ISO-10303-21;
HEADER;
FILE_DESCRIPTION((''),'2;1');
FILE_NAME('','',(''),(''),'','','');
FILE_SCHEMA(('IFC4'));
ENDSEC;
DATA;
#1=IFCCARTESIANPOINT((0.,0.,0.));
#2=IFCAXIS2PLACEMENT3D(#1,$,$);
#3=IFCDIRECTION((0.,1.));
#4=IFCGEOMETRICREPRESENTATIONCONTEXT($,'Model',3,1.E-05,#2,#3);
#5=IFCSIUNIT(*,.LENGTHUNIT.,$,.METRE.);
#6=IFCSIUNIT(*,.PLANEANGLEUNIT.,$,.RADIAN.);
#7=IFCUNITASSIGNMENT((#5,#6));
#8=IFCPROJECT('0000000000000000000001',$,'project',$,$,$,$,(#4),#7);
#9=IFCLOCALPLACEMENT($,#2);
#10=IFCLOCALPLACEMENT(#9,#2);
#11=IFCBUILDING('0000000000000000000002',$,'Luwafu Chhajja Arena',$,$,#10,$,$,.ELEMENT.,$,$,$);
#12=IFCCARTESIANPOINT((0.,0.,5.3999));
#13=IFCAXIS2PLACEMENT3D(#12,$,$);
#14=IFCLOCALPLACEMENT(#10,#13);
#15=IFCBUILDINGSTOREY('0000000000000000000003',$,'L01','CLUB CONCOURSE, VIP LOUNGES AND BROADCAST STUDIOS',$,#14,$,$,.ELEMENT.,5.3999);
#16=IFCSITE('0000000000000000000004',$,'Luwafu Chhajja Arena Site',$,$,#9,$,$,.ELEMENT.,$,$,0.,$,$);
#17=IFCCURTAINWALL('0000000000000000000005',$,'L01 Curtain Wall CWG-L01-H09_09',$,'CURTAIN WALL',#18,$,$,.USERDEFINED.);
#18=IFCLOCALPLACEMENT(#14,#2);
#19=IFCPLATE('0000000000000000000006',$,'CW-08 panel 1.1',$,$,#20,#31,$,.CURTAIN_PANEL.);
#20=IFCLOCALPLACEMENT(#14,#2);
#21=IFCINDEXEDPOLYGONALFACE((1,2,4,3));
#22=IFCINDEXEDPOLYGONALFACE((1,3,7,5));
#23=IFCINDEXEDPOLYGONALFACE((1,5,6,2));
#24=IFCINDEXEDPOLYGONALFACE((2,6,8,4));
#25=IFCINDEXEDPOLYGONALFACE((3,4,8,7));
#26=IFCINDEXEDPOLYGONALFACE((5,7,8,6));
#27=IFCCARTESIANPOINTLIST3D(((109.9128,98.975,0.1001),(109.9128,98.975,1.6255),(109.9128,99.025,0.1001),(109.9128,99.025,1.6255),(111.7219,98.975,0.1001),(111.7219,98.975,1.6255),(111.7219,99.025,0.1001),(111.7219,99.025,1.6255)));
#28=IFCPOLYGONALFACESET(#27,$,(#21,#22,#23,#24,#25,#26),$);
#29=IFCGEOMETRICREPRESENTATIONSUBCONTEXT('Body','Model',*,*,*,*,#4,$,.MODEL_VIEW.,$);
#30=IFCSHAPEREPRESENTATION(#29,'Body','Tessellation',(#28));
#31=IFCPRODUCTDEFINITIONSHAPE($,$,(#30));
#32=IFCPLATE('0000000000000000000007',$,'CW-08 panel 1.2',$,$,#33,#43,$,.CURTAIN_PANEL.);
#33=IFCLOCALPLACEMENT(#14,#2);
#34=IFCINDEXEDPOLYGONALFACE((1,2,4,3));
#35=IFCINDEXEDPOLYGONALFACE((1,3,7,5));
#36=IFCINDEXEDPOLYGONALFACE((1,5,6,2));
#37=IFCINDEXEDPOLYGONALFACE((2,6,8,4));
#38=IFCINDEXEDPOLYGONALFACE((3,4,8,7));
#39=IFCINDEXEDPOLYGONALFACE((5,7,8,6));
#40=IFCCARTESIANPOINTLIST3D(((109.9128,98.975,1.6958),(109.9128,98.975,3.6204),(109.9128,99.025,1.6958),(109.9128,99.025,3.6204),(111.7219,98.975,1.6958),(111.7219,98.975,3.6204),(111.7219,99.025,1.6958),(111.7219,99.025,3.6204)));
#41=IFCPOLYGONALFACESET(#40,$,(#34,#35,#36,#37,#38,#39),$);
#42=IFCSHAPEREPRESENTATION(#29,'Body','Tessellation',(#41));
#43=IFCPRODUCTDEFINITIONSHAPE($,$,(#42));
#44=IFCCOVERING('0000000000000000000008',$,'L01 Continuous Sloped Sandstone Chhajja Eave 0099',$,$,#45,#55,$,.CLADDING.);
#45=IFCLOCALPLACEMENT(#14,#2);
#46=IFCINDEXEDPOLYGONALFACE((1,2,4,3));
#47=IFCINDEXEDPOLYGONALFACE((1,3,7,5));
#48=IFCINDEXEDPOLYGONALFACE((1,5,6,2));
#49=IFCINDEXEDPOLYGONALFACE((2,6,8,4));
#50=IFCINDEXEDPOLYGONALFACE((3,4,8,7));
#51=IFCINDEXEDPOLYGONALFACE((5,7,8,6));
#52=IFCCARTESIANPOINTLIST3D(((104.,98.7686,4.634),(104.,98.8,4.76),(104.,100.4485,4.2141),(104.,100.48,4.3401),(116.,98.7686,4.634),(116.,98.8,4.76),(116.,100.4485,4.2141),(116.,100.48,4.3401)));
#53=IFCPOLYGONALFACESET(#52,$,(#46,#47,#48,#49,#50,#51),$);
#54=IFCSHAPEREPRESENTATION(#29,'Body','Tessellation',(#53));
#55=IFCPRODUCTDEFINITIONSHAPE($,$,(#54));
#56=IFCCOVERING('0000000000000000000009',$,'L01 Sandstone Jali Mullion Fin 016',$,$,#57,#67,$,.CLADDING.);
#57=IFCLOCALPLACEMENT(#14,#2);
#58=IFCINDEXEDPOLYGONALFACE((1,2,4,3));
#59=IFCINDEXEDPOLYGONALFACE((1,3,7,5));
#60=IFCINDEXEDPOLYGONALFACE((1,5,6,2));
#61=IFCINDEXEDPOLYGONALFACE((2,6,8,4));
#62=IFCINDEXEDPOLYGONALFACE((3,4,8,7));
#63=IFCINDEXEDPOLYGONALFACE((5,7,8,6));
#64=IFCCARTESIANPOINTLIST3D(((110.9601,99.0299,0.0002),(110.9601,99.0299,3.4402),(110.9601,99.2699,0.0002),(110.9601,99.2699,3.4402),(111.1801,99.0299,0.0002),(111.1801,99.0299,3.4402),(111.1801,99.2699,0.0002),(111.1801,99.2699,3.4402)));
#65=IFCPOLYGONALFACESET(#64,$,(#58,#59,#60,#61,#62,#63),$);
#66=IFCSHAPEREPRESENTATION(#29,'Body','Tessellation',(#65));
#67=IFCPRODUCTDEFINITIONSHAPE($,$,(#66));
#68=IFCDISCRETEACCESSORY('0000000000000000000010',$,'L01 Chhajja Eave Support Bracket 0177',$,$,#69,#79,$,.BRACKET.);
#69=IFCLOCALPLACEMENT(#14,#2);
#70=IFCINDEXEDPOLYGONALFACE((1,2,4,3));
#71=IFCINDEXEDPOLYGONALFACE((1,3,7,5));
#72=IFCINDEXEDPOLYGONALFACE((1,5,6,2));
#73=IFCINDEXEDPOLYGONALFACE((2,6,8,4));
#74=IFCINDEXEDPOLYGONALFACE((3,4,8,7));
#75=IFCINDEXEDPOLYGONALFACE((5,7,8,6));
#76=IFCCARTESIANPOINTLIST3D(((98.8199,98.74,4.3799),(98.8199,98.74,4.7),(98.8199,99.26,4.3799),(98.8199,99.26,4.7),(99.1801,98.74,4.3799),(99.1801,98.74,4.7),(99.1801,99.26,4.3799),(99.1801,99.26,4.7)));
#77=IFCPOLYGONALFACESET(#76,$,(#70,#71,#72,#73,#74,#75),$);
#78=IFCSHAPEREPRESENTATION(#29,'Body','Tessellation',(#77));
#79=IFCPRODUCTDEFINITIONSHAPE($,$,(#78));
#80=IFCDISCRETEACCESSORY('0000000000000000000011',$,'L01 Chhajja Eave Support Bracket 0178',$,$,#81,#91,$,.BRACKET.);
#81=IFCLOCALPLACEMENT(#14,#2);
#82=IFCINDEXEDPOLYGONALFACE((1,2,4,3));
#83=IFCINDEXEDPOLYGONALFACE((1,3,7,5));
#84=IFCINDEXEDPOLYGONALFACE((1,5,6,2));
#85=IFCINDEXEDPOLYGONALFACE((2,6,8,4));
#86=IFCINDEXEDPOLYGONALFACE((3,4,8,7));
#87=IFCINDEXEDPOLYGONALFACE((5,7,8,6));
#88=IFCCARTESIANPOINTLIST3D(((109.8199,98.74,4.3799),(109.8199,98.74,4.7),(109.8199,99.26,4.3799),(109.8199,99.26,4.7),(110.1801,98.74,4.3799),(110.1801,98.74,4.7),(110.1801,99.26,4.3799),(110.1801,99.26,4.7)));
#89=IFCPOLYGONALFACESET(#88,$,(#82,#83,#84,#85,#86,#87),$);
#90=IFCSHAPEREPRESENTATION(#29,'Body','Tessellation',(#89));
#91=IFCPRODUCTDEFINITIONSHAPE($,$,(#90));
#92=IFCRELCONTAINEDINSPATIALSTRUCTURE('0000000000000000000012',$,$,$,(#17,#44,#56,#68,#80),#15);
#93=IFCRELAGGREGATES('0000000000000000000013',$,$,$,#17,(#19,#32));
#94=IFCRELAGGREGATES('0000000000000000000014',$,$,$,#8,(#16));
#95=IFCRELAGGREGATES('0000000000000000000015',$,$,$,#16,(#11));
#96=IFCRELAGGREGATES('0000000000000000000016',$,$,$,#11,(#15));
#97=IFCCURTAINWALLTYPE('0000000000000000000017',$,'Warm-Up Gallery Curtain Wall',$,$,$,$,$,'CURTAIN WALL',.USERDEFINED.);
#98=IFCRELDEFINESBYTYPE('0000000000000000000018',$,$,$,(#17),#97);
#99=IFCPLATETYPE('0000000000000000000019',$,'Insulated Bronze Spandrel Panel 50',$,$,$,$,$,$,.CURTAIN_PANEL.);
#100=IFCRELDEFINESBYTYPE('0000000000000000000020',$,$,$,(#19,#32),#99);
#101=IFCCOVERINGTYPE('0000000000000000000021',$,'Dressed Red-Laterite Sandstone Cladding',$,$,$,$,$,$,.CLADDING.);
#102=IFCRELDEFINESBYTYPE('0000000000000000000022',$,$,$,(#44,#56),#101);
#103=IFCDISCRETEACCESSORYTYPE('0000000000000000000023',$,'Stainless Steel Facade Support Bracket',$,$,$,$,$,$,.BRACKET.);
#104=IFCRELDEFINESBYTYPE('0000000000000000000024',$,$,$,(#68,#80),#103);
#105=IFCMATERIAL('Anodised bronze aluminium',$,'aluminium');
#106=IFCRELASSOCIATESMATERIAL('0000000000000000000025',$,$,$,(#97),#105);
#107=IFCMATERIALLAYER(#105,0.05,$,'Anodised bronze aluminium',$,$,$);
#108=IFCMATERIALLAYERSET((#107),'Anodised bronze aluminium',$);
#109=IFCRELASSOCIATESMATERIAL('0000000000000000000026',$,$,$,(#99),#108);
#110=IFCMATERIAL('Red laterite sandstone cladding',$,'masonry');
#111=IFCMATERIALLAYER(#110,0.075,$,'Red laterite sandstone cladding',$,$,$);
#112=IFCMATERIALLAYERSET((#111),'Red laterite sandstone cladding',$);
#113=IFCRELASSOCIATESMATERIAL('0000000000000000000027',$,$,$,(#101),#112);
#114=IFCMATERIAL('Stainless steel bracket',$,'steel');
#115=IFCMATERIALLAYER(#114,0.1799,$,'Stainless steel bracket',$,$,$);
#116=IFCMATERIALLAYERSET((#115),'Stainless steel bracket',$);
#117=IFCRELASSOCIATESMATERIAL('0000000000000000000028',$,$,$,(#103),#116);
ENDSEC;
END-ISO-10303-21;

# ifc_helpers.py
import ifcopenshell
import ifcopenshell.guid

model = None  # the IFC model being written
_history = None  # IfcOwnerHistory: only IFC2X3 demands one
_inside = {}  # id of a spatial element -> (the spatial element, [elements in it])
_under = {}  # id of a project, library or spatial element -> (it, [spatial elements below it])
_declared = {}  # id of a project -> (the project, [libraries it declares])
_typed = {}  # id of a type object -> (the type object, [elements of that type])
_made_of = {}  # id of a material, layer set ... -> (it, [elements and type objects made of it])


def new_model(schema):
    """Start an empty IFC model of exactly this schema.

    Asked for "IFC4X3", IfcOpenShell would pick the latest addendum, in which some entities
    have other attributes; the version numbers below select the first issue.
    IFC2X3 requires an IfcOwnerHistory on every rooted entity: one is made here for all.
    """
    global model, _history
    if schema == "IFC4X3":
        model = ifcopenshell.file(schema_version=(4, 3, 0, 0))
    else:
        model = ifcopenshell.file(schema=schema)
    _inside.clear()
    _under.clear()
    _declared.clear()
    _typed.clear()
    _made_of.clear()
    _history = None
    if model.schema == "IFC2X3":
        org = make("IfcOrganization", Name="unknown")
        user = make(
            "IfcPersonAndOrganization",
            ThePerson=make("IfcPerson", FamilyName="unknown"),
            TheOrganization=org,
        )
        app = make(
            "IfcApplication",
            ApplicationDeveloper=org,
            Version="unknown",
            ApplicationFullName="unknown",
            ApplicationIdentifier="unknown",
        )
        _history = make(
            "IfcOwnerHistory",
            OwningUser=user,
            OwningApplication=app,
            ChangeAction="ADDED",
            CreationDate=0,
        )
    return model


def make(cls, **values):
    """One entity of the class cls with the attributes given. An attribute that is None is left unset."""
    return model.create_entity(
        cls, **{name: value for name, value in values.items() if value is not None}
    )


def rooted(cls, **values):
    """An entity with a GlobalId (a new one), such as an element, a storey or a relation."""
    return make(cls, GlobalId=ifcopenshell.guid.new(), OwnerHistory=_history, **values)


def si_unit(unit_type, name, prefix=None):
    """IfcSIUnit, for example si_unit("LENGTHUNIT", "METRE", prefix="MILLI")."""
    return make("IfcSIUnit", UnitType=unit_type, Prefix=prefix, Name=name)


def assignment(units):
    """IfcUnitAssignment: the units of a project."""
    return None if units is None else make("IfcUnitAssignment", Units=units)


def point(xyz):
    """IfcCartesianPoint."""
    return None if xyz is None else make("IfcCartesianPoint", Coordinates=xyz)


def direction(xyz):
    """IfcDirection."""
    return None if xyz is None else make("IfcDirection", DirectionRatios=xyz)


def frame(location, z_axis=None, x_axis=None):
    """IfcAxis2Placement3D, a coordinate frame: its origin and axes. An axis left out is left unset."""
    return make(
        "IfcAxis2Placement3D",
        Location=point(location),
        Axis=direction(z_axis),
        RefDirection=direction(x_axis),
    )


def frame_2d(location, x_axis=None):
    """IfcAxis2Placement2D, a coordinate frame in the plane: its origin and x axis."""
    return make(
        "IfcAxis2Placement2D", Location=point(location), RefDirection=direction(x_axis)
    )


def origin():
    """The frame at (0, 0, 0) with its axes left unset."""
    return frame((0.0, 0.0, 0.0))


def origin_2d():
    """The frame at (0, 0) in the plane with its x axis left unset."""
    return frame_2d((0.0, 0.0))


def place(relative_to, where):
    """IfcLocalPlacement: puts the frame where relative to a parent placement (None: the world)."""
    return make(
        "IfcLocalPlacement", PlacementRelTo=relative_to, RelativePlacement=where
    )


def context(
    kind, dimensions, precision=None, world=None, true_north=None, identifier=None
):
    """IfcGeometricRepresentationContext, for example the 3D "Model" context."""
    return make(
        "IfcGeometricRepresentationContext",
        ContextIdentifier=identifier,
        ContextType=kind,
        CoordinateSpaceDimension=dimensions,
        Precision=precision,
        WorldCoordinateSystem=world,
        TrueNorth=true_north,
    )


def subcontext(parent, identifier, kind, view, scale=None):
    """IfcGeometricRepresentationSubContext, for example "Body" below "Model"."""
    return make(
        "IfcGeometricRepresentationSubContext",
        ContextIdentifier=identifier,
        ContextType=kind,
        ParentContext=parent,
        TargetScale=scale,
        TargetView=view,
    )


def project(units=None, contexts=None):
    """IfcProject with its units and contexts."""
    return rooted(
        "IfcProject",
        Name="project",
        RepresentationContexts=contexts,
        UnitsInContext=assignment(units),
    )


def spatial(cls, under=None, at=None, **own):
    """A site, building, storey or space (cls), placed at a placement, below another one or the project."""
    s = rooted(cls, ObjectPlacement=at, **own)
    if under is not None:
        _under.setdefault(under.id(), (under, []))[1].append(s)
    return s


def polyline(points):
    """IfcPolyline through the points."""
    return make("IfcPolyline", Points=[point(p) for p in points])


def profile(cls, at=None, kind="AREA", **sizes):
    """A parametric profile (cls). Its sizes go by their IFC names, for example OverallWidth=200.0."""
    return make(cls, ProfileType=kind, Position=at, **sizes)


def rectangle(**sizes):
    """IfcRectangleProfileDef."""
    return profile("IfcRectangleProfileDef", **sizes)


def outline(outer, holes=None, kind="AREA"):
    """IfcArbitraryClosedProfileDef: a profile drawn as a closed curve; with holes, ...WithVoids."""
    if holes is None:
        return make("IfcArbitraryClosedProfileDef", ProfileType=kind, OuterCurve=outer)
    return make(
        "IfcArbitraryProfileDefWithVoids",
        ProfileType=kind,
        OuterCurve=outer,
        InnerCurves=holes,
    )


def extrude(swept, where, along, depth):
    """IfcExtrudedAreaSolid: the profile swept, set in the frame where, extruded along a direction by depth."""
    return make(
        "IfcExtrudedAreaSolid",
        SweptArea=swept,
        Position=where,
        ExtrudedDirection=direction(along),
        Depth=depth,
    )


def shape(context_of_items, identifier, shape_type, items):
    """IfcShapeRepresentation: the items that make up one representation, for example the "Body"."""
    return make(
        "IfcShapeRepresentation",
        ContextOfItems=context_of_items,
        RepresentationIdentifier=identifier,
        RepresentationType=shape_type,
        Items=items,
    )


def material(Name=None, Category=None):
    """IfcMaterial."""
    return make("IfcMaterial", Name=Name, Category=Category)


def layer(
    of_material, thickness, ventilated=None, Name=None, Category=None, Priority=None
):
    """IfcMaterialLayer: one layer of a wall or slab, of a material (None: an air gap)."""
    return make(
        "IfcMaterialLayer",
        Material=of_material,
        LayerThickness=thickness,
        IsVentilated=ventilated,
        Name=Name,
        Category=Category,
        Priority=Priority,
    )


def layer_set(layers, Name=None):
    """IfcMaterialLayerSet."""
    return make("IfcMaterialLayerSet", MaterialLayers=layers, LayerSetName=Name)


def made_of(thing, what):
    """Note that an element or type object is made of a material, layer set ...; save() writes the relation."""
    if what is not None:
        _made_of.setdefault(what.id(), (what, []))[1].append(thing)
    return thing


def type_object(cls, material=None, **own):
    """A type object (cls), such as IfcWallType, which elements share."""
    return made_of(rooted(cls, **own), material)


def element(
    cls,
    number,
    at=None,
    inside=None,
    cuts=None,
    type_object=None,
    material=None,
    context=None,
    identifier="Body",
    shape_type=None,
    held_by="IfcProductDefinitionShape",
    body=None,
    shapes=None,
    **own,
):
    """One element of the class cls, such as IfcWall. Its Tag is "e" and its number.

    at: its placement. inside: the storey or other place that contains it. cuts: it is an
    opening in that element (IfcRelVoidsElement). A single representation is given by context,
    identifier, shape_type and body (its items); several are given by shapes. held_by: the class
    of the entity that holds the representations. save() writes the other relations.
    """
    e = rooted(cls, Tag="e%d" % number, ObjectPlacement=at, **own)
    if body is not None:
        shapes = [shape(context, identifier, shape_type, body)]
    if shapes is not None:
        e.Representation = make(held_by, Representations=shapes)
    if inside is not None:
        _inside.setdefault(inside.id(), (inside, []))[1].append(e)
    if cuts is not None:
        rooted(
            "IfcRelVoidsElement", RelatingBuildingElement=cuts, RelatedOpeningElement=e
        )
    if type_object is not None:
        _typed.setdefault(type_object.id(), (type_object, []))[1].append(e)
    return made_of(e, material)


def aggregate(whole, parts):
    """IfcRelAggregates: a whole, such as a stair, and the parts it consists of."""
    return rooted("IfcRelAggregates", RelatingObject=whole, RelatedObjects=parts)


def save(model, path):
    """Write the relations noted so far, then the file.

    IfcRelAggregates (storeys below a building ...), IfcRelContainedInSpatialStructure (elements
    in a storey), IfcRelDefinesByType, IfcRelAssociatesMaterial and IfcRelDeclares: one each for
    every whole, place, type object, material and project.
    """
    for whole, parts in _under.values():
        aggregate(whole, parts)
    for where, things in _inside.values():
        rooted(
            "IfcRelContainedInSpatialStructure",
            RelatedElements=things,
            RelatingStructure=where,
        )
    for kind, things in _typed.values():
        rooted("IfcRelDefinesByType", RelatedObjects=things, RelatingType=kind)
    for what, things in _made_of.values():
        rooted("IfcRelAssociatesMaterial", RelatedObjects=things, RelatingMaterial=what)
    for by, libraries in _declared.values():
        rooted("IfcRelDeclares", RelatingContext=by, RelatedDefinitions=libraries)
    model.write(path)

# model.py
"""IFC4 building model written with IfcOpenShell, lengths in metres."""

from ifc_helpers import new_model, si_unit, direction, frame, origin, origin_2d, place, context, subcontext, project, spatial, polyline, rectangle, outline, extrude, material, layer, layer_set, type_object, element, aggregate, save


model = new_model("IFC4")

# Units and contexts
model_context = context("Model", 3, precision=1e-05, world=origin(), true_north=direction((0.0, 1.0)))
body_context = subcontext(model_context, "Body", "Model", "MODEL_VIEW")
ifc_project = project(units=[si_unit("LENGTHUNIT", "METRE"), si_unit("PLANEANGLEUNIT", "RADIAN")], contexts=[model_context])

# Site, building, storey
site_placement = place(None, origin())
site = spatial("IfcSite", under=ifc_project, at=site_placement, Name="Luwafu Chhajja Arena Site", CompositionType="ELEMENT", RefElevation=0.0)
building_placement = place(site_placement, origin())
building = spatial("IfcBuilding", under=site, at=building_placement, Name="Luwafu Chhajja Arena", CompositionType="ELEMENT")
storey_placement = place(building_placement, frame((0.0, 0.0, 5.3999)))
storey = spatial("IfcBuildingStorey", under=building, at=storey_placement, Name="L01", Description="CLUB CONCOURSE, VIP LOUNGES AND BROADCAST STUDIOS", CompositionType="ELEMENT", Elevation=5.3999)

# Curtain wall
ifc_material_1 = material(Name="Anodised bronze aluminium", Category="aluminium")
curtain_wall_type = type_object("IfcCurtainWallType", Name="Warm-Up Gallery Curtain Wall", ElementType="CURTAIN WALL", PredefinedType="USERDEFINED", material=ifc_material_1)
curtain_wall_placement = place(storey_placement, origin())
curtain_wall = element("IfcCurtainWall", 1, at=curtain_wall_placement, inside=storey, type_object=curtain_wall_type, Name="L01 Curtain Wall CWG-L01-H09_09", ObjectType="CURTAIN WALL", PredefinedType="USERDEFINED")

# Plates
ifc_layer_1 = layer(ifc_material_1, 0.05, Name="Anodised bronze aluminium")
ifc_layer_set_1 = layer_set([ifc_layer_1], Name="Anodised bronze aluminium")
plate_type_1 = type_object("IfcPlateType", Name="Insulated Bronze Spandrel Panel 50", PredefinedType="CURTAIN_PANEL", material=ifc_layer_set_1)
plate_1_placement = place(storey_placement, frame((110.8174, 99.0, 0.1001), z_axis=(0.0, 0.0, 1.0), x_axis=(1.0, 0.0, 0.0)))
plate_1 = element("IfcPlate", 2, at=plate_1_placement, type_object=plate_type_1, Name="CW-08 panel 1.1", PredefinedType="CURTAIN_PANEL", context=body_context, shape_type="SweptSolid", body=[
    extrude(rectangle(XDim=1.8091, YDim=0.05, at=origin_2d()), origin(), (0.0, 0.0, 1.0), 1.5254),
])
plate_2_placement = place(storey_placement, frame((110.8174, 99.0, 1.6958), z_axis=(0.0, 0.0, 1.0), x_axis=(1.0, 0.0, 0.0)))
plate_2 = element("IfcPlate", 3, at=plate_2_placement, type_object=plate_type_1, Name="CW-08 panel 1.2", PredefinedType="CURTAIN_PANEL", context=body_context, shape_type="SweptSolid", body=[
    extrude(rectangle(XDim=1.8091, YDim=0.05, at=origin_2d()), origin(), (0.0, 0.0, 1.0), 1.9246),
])
aggregate(curtain_wall, [plate_1, plate_2])

# Coverings
ifc_material_2 = material(Name="Red laterite sandstone cladding", Category="masonry")
ifc_layer_2 = layer(ifc_material_2, 0.075, Name="Red laterite sandstone cladding")
ifc_layer_set_2 = layer_set([ifc_layer_2], Name="Red laterite sandstone cladding")
covering_type = type_object("IfcCoveringType", Name="Dressed Red-Laterite Sandstone Cladding", PredefinedType="CLADDING", material=ifc_layer_set_2)
covering_1_placement = place(storey_placement, frame((104.0, 98.8, 4.76), z_axis=(0.0, 0.242502, 0.970151), x_axis=(1.0, 0.0, 0.0)))
element("IfcCovering", 4, at=covering_1_placement, inside=storey, type_object=covering_type, Name="L01 Continuous Sloped Sandstone Chhajja Eave 0099", PredefinedType="CLADDING", context=body_context, shape_type="SweptSolid", body=[
    extrude(outline(polyline([(0.0, 0.0), (12.0, 0.0), (12.0, 1.7316), (0.0, 1.7316), (0.0, 0.0)])), origin(), (0.0, 0.0, -1.0), 0.1299),
])
covering_2_placement = place(storey_placement, frame((111.0701, 99.1499, 0.0002), z_axis=(0.0, 0.0, 1.0), x_axis=(1.0, 0.0, 0.0)))
element("IfcCovering", 5, at=covering_2_placement, inside=storey, type_object=covering_type, Name="L01 Sandstone Jali Mullion Fin 016", PredefinedType="CLADDING", context=body_context, shape_type="SweptSolid", body=[
    extrude(rectangle(XDim=0.22, YDim=0.24, at=origin_2d()), origin(), (0.0, 0.0, 1.0), 3.4399),
])

# Discrete accessories
ifc_material_3 = material(Name="Stainless steel bracket", Category="steel")
ifc_layer_3 = layer(ifc_material_3, 0.1799, Name="Stainless steel bracket")
ifc_layer_set_3 = layer_set([ifc_layer_3], Name="Stainless steel bracket")
discrete_accessory_type = type_object("IfcDiscreteAccessoryType", Name="Stainless Steel Facade Support Bracket", PredefinedType="BRACKET", material=ifc_layer_set_3)
for number, where, z_axis, x_axis, name in (
    (6, (99.0, 99.0, 4.3799), (0.0, 0.0, 1.0), (1.0, 0.0, 0.0), "L01 Chhajja Eave Support Bracket 0177"),
    (7, (110.0, 99.0, 4.3799), (0.0, 0.0, 1.0), (1.0, 0.0, 0.0), "L01 Chhajja Eave Support Bracket 0178"),
):
    element("IfcDiscreteAccessory", number, at=place(storey_placement, frame(where, z_axis=z_axis, x_axis=x_axis)), inside=storey, type_object=discrete_accessory_type, Name=name, PredefinedType="BRACKET", context=body_context, shape_type="SweptSolid", body=[
        extrude(rectangle(XDim=0.3601, YDim=0.52, at=origin_2d()), origin(), (0.0, 0.0, 1.0), 0.3201),
    ])

save(model, "model.ifc")
